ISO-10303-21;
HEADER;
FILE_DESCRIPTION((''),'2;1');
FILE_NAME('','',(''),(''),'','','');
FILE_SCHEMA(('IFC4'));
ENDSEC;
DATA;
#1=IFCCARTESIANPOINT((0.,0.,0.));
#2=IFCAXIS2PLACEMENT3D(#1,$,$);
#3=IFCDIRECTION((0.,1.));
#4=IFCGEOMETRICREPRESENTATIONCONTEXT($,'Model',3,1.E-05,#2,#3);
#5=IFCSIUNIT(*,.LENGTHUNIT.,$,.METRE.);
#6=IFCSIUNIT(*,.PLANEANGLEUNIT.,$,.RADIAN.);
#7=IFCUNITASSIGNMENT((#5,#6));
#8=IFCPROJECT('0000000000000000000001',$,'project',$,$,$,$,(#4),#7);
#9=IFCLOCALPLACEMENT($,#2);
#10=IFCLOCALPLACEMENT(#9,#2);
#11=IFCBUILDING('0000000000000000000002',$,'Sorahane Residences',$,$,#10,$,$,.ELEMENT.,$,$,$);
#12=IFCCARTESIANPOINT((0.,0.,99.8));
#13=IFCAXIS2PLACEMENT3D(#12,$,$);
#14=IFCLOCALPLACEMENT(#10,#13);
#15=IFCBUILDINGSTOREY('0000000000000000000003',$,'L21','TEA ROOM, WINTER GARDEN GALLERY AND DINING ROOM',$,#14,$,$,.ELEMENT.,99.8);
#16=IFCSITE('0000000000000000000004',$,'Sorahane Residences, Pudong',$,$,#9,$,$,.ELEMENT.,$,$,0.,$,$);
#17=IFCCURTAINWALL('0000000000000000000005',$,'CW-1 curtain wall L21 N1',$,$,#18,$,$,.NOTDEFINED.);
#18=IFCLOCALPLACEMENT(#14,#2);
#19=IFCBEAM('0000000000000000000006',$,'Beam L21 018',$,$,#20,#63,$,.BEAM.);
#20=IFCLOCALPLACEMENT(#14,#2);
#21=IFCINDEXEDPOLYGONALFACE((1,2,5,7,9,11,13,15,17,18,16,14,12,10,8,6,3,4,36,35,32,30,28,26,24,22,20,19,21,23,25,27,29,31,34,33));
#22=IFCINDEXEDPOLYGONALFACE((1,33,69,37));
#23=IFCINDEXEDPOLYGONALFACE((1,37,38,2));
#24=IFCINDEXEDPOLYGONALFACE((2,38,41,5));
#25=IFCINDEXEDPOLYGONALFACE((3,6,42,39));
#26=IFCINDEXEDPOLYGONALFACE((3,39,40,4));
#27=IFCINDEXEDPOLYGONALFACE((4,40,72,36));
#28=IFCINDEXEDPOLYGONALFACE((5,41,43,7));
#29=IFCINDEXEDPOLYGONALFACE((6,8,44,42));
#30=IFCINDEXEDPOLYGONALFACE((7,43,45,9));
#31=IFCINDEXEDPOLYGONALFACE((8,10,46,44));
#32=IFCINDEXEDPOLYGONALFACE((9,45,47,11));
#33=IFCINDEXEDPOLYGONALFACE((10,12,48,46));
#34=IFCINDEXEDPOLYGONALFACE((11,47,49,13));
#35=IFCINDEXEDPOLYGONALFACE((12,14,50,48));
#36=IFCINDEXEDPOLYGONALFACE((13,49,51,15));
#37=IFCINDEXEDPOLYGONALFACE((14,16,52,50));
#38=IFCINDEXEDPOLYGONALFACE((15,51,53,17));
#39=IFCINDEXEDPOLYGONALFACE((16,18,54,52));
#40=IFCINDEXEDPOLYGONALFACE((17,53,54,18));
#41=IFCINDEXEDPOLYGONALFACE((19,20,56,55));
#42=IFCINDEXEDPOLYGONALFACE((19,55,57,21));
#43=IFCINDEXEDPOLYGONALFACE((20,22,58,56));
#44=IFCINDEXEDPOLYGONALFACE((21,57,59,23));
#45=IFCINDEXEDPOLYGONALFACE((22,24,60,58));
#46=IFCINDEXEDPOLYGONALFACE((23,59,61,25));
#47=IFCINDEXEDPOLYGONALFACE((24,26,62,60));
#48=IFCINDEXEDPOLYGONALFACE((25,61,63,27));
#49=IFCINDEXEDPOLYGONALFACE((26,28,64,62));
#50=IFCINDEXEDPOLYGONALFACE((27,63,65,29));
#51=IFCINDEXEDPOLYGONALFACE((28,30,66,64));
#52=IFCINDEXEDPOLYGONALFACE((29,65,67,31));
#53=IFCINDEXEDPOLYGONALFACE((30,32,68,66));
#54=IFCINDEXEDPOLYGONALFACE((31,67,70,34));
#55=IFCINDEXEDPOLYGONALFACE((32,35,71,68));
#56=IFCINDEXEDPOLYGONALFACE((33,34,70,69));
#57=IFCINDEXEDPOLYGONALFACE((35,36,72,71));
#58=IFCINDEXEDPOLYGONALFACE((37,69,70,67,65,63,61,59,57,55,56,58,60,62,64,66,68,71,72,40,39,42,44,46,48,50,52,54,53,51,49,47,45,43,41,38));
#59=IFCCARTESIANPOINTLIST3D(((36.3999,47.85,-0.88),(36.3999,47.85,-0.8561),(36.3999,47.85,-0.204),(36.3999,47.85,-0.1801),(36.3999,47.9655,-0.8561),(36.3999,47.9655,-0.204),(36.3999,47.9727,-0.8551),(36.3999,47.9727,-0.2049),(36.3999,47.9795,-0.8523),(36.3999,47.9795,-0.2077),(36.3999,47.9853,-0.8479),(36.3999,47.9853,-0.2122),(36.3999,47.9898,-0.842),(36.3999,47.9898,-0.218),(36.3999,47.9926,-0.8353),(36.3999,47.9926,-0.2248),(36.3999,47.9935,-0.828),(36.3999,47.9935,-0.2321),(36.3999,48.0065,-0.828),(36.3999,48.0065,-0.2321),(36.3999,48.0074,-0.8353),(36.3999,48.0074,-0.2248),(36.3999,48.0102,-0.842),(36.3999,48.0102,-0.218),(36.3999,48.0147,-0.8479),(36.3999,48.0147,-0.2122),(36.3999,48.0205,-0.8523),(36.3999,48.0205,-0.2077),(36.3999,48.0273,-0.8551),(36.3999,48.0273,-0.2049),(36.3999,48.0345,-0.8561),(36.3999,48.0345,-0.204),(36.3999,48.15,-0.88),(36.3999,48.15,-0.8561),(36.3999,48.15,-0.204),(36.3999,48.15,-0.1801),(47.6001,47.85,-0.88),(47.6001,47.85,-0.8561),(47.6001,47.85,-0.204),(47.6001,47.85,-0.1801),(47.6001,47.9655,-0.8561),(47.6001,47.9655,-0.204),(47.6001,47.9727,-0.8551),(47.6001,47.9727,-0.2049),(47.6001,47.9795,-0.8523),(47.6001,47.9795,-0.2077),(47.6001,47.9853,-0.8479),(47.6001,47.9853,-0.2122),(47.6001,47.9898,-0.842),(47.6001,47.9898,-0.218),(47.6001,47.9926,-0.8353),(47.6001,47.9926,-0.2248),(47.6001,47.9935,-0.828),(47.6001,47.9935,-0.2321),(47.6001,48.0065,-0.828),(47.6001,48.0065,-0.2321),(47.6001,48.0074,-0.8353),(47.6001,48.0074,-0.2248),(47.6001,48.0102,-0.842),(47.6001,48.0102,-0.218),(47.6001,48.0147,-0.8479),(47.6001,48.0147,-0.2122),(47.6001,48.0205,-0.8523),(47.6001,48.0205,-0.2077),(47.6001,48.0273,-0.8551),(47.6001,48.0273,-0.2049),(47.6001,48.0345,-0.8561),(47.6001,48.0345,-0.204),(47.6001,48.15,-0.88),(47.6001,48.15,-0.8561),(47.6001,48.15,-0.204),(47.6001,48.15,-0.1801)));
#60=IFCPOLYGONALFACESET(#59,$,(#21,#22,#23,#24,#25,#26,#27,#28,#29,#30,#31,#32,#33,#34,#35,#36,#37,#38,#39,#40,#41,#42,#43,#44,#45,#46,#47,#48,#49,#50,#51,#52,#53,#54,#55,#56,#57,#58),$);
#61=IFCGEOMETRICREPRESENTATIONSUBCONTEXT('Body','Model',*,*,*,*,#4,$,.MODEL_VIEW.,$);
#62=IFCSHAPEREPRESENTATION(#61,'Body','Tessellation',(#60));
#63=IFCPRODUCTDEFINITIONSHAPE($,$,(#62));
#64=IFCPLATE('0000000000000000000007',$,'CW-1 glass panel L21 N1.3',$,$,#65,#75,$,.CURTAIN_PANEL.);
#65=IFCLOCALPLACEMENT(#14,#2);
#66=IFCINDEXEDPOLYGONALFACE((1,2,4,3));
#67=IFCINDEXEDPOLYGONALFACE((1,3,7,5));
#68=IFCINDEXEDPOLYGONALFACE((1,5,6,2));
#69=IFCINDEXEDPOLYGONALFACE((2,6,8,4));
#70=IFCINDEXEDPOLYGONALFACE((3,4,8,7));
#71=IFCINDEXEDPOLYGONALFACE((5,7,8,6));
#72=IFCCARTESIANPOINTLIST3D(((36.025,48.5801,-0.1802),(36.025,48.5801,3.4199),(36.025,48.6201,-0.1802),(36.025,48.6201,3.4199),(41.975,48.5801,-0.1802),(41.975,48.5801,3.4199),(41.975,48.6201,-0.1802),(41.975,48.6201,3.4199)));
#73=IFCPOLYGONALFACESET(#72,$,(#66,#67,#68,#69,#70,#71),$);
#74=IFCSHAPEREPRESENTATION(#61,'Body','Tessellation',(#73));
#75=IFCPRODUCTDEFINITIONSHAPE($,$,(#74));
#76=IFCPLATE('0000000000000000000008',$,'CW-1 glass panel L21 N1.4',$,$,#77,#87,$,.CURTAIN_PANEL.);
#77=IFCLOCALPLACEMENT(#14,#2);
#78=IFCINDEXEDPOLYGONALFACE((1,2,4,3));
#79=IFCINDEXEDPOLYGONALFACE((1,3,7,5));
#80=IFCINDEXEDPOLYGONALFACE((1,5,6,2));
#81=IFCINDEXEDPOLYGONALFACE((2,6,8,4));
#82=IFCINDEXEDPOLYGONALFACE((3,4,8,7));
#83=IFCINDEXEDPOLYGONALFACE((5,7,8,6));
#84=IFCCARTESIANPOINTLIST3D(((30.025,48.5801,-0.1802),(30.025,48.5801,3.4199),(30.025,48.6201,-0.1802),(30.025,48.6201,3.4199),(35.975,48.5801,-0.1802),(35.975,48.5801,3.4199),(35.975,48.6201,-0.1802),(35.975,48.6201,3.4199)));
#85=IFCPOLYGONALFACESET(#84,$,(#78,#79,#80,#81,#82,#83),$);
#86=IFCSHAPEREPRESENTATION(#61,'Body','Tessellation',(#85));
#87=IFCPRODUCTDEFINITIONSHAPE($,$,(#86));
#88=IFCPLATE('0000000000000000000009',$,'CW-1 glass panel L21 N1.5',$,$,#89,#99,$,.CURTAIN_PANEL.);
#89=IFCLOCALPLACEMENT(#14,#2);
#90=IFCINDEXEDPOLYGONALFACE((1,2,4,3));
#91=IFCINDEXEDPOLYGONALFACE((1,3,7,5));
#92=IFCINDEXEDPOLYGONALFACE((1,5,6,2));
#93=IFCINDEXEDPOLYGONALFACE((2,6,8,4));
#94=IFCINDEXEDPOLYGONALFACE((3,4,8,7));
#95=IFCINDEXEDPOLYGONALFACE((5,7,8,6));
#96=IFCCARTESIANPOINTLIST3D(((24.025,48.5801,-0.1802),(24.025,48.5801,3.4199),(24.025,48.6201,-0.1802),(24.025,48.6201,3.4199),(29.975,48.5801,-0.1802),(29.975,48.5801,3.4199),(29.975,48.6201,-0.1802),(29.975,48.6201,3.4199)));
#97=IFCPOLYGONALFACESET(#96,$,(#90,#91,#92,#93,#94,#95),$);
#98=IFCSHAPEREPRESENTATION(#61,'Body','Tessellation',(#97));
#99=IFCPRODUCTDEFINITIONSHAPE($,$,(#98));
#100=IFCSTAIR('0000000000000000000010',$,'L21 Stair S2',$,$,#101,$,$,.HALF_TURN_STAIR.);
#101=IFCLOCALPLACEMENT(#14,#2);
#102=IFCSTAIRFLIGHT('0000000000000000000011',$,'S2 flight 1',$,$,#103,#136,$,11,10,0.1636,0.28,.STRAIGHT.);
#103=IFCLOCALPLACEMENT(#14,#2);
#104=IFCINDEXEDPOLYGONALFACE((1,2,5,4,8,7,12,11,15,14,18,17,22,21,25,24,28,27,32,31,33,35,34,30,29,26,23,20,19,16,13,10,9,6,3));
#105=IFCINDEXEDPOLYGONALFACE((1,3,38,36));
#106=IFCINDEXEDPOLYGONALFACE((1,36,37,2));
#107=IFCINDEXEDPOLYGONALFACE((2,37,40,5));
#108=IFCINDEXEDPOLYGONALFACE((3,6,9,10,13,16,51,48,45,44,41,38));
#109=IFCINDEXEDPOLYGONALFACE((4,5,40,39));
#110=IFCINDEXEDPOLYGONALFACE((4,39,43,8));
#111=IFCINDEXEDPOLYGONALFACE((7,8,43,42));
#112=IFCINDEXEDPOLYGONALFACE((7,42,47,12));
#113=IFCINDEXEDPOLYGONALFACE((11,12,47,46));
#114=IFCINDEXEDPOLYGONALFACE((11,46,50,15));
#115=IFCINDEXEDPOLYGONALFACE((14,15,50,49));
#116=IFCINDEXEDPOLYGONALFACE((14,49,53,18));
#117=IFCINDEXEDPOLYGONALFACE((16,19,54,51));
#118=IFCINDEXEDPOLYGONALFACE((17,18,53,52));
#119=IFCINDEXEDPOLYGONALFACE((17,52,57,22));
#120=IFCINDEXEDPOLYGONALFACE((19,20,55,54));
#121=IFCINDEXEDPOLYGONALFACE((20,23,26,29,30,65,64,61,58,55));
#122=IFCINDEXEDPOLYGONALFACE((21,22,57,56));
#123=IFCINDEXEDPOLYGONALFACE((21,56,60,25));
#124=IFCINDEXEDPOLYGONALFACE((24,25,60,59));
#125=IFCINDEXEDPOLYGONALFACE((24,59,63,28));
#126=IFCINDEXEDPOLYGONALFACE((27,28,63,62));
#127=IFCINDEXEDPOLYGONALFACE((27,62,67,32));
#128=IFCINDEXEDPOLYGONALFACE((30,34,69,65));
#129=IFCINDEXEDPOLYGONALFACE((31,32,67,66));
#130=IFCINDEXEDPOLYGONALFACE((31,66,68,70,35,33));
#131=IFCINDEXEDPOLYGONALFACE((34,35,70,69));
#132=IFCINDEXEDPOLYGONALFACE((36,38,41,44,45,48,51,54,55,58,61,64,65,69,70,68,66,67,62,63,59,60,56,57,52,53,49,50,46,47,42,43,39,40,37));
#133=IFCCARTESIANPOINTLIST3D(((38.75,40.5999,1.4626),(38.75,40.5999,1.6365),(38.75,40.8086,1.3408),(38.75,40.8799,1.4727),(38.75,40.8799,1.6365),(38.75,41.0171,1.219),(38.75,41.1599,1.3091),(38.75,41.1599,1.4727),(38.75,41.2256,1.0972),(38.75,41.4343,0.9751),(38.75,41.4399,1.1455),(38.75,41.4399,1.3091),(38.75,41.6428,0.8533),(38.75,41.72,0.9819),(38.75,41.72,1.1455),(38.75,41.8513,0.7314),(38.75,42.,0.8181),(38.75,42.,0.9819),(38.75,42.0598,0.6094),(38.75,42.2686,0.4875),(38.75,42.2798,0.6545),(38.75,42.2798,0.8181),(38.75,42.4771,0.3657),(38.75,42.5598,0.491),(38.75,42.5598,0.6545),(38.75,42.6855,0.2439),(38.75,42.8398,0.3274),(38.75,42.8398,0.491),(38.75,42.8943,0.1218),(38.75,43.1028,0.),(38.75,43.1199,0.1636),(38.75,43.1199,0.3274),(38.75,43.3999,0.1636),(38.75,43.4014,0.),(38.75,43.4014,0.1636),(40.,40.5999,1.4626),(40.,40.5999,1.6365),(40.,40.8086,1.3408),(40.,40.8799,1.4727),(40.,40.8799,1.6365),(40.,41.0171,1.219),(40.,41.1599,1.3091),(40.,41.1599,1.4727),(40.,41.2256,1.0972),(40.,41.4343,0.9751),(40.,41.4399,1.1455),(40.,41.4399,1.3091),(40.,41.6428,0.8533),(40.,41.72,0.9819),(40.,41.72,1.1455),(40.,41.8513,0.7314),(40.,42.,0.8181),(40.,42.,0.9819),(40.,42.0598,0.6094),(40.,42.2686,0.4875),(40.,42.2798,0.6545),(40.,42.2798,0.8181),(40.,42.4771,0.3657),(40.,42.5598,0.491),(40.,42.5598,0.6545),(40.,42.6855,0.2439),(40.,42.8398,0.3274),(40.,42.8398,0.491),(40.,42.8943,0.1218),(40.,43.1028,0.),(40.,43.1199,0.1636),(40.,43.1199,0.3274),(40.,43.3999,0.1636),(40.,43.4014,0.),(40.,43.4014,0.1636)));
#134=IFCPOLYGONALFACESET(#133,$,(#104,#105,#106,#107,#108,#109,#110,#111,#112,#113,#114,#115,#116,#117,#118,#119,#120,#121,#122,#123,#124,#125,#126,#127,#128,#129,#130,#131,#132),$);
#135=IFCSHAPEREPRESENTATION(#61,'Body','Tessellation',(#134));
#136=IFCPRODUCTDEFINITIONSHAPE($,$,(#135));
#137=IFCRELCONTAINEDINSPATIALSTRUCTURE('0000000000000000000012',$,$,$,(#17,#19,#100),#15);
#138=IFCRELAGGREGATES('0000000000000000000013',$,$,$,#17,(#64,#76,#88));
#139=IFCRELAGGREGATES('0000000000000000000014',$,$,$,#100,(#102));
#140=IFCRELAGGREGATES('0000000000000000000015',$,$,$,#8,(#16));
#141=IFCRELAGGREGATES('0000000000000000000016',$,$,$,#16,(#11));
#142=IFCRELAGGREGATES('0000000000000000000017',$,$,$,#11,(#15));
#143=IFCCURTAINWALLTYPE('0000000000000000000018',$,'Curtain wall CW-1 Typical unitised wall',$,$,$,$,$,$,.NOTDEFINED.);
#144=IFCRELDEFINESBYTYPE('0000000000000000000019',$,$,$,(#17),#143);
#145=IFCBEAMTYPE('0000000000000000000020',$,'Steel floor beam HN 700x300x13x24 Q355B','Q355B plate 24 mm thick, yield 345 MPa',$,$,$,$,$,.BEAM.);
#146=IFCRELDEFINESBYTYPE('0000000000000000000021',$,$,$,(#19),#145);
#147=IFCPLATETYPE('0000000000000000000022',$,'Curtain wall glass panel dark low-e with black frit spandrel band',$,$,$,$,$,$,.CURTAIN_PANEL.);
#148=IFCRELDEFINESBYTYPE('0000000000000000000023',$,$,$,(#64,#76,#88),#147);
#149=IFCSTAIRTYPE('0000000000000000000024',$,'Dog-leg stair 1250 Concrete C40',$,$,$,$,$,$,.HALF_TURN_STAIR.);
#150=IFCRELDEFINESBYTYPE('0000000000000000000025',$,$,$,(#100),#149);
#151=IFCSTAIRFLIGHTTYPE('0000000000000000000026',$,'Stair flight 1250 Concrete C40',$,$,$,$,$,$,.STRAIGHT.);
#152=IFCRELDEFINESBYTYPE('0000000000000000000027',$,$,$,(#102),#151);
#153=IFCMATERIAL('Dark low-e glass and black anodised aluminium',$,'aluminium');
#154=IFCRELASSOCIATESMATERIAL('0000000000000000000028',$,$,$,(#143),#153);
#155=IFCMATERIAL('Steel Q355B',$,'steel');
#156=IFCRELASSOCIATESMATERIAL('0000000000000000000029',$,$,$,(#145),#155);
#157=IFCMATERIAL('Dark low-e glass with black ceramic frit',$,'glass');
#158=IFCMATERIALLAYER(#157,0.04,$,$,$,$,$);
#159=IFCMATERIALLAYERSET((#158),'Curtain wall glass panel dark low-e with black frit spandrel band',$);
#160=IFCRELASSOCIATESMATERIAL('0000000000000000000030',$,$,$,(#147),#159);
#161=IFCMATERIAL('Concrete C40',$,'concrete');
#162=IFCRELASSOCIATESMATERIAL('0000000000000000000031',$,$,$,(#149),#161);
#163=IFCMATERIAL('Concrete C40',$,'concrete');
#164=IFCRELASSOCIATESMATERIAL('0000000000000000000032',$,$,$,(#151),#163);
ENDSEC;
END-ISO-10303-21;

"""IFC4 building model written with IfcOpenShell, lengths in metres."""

from ifc_helpers import new_model, si_unit, direction, frame, origin, origin_2d, place, context, subcontext, project, spatial, polyline, rectangle, i_section, outline, extrude, material, layer, layer_set, material_profile, profile_set, type_object, element, aggregate, save


model = new_model("IFC4")

# Units and contexts
model_context = context("Model", 3, precision=1e-05, world=origin(), true_north=direction((0.0, 1.0)))
body_context = subcontext(model_context, "Body", "Model", "MODEL_VIEW")
ifc_project = project(units=[si_unit("LENGTHUNIT", "METRE"), si_unit("PLANEANGLEUNIT", "RADIAN")], contexts=[model_context])

# Site, building, storey
site_placement = place(None, origin())
site = spatial("IfcSite", under=ifc_project, at=site_placement, Name="Sorahane Residences, Pudong", CompositionType="ELEMENT", RefElevation=0.0)
building_placement = place(site_placement, origin())
building = spatial("IfcBuilding", under=site, at=building_placement, Name="Sorahane Residences", CompositionType="ELEMENT")
storey_placement = place(building_placement, frame((0.0, 0.0, 99.8)))
storey = spatial("IfcBuildingStorey", under=building, at=storey_placement, Name="L21", Description="TEA ROOM, WINTER GARDEN GALLERY AND DINING ROOM", CompositionType="ELEMENT", Elevation=99.8)

# Curtain wall
ifc_material_1 = material(Name="Dark low-e glass and black anodised aluminium", Category="aluminium")
curtain_wall_type = type_object("IfcCurtainWallType", Name="Curtain wall CW-1 Typical unitised wall", PredefinedType="NOTDEFINED", material=ifc_material_1)
curtain_wall_placement = place(storey_placement, origin())
curtain_wall = element("IfcCurtainWall", 1, at=curtain_wall_placement, inside=storey, type_object=curtain_wall_type, Name="CW-1 curtain wall L21 N1", PredefinedType="NOTDEFINED")

# Beam
ifc_material_2 = material(Name="Steel Q355B", Category="steel")
ifc_material_profile_1 = material_profile(ifc_material_2, i_section(OverallWidth=0.3, OverallDepth=0.7, WebThickness=0.0129, FlangeThickness=0.0239, FilletRadius=0.0281, at=origin_2d()), Name="HN 700x300x13x24")
ifc_profile_set_1 = profile_set([ifc_material_profile_1], Name="Steel Q355B")
beam_type_1 = type_object("IfcBeamType", Name="Steel floor beam HN 700x300x13x24 Q355B", Description="Q355B plate 24 mm thick, yield 345 MPa", PredefinedType="BEAM", material=ifc_profile_set_1)
beam_1_placement = place(storey_placement, frame((36.3999, 48.0, -0.53), z_axis=(1.0, 0.0, 0.0), x_axis=(0.0, 1.0, 0.0)))
element("IfcBeam", 2, at=beam_1_placement, inside=storey, type_object=beam_type_1, Name="Beam L21 018", PredefinedType="BEAM", context=body_context, shape_type="SweptSolid", body=[
    extrude(i_section(OverallWidth=0.3, OverallDepth=0.7, WebThickness=0.0129, FlangeThickness=0.0239, FilletRadius=0.0281, at=origin_2d()), origin(), (0.0, 0.0, 1.0), 11.2002),
])

# Plates
ifc_material_3 = material(Name="Dark low-e glass with black ceramic frit", Category="glass")
ifc_layer_1 = layer(ifc_material_3, 0.04)
ifc_layer_set_1 = layer_set([ifc_layer_1], Name="Curtain wall glass panel dark low-e with black frit spandrel band")
plate_type = type_object("IfcPlateType", Name="Curtain wall glass panel dark low-e with black frit spandrel band", PredefinedType="CURTAIN_PANEL", material=ifc_layer_set_1)
plate_1_placement = place(storey_placement, frame((39.0, 48.6001, -0.1802), z_axis=(0.0, 0.0, 1.0), x_axis=(-1.0, 0.0, 0.0)))
plate_1 = element("IfcPlate", 3, at=plate_1_placement, type_object=plate_type, Name="CW-1 glass panel L21 N1.3", PredefinedType="CURTAIN_PANEL", context=body_context, shape_type="SweptSolid", body=[
    extrude(rectangle(XDim=5.95, YDim=0.04, at=origin_2d()), origin(), (0.0, 0.0, 1.0), 3.6001),
])
plate_2_placement = place(storey_placement, frame((33.0, 48.6001, -0.1802), z_axis=(0.0, 0.0, 1.0), x_axis=(-1.0, 0.0, 0.0)))
plate_2 = element("IfcPlate", 4, at=plate_2_placement, type_object=plate_type, Name="CW-1 glass panel L21 N1.4", PredefinedType="CURTAIN_PANEL", context=body_context, shape_type="SweptSolid", body=[
    extrude(rectangle(XDim=5.95, YDim=0.04, at=origin_2d()), origin(), (0.0, 0.0, 1.0), 3.6001),
])
plate_3_placement = place(storey_placement, frame((27.0, 48.6001, -0.1802), z_axis=(0.0, 0.0, 1.0), x_axis=(-1.0, 0.0, 0.0)))
plate_3 = element("IfcPlate", 5, at=plate_3_placement, type_object=plate_type, Name="CW-1 glass panel L21 N1.5", PredefinedType="CURTAIN_PANEL", context=body_context, shape_type="SweptSolid", body=[
    extrude(rectangle(XDim=5.95, YDim=0.04, at=origin_2d()), origin(), (0.0, 0.0, 1.0), 3.6001),
])
aggregate(curtain_wall, [plate_1, plate_2, plate_3])

# Stair, stair flight
ifc_material_4 = material(Name="Concrete C40", Category="concrete")
stair_type = type_object("IfcStairType", Name="Dog-leg stair 1250 Concrete C40", PredefinedType="HALF_TURN_STAIR", material=ifc_material_4)
stair_placement = place(storey_placement, origin())
stair = element("IfcStair", 6, at=stair_placement, inside=storey, type_object=stair_type, Name="L21 Stair S2", PredefinedType="HALF_TURN_STAIR")
ifc_material_5 = material(Name="Concrete C40", Category="concrete")
stair_flight_type = type_object("IfcStairFlightType", Name="Stair flight 1250 Concrete C40", PredefinedType="STRAIGHT", material=ifc_material_5)
stair_flight_placement = place(storey_placement, frame((39.375, 43.3999, 0.0), z_axis=(0.0, 0.0, 1.0), x_axis=(0.0, -1.0, 0.0)))
stair_flight = element("IfcStairFlight", 7, at=stair_flight_placement, type_object=stair_flight_type, Name="S2 flight 1", NumberOfRisers=11, NumberOfTreads=10, PredefinedType="STRAIGHT", RiserHeight=0.1636, TreadLength=0.28, context=body_context, shape_type="SweptSolid", body=[
    extrude(outline(polyline([(-0.0015, 0.0), (-0.0015, 0.1636), (0.0, 0.1636), (0.28, 0.1636), (0.28, 0.3274), (0.5601, 0.3274), (0.5601, 0.491), (0.8401, 0.491), (0.8401, 0.6545), (1.1201, 0.6545), (1.1201, 0.8181), (1.3999, 0.8181), (1.3999, 0.9819), (1.6799, 0.9819), (1.6799, 1.1455), (1.96, 1.1455), (1.96, 1.3091), (2.24, 1.3091), (2.24, 1.4727), (2.52, 1.4727), (2.52, 1.6365), (2.8, 1.6365), (2.8, 1.8), (2.8, 1.4626), (2.5913, 1.3408), (2.3828, 1.219), (2.1743, 1.0972), (1.9656, 0.9751), (1.7571, 0.8533), (1.5486, 0.7314), (1.3401, 0.6094), (1.1313, 0.4875), (0.9229, 0.3657), (0.7144, 0.2439), (0.5056, 0.1218), (0.2971, 0.0), (-0.0015, 0.0)])), frame((0.0, 0.625, 0.0), z_axis=(0.0, -1.0, 0.0), x_axis=(1.0, 0.0, 0.0)), (0.0, 0.0, 1.0), 1.25),
])
aggregate(stair, [stair_flight])

save(model, "model.ifc")
